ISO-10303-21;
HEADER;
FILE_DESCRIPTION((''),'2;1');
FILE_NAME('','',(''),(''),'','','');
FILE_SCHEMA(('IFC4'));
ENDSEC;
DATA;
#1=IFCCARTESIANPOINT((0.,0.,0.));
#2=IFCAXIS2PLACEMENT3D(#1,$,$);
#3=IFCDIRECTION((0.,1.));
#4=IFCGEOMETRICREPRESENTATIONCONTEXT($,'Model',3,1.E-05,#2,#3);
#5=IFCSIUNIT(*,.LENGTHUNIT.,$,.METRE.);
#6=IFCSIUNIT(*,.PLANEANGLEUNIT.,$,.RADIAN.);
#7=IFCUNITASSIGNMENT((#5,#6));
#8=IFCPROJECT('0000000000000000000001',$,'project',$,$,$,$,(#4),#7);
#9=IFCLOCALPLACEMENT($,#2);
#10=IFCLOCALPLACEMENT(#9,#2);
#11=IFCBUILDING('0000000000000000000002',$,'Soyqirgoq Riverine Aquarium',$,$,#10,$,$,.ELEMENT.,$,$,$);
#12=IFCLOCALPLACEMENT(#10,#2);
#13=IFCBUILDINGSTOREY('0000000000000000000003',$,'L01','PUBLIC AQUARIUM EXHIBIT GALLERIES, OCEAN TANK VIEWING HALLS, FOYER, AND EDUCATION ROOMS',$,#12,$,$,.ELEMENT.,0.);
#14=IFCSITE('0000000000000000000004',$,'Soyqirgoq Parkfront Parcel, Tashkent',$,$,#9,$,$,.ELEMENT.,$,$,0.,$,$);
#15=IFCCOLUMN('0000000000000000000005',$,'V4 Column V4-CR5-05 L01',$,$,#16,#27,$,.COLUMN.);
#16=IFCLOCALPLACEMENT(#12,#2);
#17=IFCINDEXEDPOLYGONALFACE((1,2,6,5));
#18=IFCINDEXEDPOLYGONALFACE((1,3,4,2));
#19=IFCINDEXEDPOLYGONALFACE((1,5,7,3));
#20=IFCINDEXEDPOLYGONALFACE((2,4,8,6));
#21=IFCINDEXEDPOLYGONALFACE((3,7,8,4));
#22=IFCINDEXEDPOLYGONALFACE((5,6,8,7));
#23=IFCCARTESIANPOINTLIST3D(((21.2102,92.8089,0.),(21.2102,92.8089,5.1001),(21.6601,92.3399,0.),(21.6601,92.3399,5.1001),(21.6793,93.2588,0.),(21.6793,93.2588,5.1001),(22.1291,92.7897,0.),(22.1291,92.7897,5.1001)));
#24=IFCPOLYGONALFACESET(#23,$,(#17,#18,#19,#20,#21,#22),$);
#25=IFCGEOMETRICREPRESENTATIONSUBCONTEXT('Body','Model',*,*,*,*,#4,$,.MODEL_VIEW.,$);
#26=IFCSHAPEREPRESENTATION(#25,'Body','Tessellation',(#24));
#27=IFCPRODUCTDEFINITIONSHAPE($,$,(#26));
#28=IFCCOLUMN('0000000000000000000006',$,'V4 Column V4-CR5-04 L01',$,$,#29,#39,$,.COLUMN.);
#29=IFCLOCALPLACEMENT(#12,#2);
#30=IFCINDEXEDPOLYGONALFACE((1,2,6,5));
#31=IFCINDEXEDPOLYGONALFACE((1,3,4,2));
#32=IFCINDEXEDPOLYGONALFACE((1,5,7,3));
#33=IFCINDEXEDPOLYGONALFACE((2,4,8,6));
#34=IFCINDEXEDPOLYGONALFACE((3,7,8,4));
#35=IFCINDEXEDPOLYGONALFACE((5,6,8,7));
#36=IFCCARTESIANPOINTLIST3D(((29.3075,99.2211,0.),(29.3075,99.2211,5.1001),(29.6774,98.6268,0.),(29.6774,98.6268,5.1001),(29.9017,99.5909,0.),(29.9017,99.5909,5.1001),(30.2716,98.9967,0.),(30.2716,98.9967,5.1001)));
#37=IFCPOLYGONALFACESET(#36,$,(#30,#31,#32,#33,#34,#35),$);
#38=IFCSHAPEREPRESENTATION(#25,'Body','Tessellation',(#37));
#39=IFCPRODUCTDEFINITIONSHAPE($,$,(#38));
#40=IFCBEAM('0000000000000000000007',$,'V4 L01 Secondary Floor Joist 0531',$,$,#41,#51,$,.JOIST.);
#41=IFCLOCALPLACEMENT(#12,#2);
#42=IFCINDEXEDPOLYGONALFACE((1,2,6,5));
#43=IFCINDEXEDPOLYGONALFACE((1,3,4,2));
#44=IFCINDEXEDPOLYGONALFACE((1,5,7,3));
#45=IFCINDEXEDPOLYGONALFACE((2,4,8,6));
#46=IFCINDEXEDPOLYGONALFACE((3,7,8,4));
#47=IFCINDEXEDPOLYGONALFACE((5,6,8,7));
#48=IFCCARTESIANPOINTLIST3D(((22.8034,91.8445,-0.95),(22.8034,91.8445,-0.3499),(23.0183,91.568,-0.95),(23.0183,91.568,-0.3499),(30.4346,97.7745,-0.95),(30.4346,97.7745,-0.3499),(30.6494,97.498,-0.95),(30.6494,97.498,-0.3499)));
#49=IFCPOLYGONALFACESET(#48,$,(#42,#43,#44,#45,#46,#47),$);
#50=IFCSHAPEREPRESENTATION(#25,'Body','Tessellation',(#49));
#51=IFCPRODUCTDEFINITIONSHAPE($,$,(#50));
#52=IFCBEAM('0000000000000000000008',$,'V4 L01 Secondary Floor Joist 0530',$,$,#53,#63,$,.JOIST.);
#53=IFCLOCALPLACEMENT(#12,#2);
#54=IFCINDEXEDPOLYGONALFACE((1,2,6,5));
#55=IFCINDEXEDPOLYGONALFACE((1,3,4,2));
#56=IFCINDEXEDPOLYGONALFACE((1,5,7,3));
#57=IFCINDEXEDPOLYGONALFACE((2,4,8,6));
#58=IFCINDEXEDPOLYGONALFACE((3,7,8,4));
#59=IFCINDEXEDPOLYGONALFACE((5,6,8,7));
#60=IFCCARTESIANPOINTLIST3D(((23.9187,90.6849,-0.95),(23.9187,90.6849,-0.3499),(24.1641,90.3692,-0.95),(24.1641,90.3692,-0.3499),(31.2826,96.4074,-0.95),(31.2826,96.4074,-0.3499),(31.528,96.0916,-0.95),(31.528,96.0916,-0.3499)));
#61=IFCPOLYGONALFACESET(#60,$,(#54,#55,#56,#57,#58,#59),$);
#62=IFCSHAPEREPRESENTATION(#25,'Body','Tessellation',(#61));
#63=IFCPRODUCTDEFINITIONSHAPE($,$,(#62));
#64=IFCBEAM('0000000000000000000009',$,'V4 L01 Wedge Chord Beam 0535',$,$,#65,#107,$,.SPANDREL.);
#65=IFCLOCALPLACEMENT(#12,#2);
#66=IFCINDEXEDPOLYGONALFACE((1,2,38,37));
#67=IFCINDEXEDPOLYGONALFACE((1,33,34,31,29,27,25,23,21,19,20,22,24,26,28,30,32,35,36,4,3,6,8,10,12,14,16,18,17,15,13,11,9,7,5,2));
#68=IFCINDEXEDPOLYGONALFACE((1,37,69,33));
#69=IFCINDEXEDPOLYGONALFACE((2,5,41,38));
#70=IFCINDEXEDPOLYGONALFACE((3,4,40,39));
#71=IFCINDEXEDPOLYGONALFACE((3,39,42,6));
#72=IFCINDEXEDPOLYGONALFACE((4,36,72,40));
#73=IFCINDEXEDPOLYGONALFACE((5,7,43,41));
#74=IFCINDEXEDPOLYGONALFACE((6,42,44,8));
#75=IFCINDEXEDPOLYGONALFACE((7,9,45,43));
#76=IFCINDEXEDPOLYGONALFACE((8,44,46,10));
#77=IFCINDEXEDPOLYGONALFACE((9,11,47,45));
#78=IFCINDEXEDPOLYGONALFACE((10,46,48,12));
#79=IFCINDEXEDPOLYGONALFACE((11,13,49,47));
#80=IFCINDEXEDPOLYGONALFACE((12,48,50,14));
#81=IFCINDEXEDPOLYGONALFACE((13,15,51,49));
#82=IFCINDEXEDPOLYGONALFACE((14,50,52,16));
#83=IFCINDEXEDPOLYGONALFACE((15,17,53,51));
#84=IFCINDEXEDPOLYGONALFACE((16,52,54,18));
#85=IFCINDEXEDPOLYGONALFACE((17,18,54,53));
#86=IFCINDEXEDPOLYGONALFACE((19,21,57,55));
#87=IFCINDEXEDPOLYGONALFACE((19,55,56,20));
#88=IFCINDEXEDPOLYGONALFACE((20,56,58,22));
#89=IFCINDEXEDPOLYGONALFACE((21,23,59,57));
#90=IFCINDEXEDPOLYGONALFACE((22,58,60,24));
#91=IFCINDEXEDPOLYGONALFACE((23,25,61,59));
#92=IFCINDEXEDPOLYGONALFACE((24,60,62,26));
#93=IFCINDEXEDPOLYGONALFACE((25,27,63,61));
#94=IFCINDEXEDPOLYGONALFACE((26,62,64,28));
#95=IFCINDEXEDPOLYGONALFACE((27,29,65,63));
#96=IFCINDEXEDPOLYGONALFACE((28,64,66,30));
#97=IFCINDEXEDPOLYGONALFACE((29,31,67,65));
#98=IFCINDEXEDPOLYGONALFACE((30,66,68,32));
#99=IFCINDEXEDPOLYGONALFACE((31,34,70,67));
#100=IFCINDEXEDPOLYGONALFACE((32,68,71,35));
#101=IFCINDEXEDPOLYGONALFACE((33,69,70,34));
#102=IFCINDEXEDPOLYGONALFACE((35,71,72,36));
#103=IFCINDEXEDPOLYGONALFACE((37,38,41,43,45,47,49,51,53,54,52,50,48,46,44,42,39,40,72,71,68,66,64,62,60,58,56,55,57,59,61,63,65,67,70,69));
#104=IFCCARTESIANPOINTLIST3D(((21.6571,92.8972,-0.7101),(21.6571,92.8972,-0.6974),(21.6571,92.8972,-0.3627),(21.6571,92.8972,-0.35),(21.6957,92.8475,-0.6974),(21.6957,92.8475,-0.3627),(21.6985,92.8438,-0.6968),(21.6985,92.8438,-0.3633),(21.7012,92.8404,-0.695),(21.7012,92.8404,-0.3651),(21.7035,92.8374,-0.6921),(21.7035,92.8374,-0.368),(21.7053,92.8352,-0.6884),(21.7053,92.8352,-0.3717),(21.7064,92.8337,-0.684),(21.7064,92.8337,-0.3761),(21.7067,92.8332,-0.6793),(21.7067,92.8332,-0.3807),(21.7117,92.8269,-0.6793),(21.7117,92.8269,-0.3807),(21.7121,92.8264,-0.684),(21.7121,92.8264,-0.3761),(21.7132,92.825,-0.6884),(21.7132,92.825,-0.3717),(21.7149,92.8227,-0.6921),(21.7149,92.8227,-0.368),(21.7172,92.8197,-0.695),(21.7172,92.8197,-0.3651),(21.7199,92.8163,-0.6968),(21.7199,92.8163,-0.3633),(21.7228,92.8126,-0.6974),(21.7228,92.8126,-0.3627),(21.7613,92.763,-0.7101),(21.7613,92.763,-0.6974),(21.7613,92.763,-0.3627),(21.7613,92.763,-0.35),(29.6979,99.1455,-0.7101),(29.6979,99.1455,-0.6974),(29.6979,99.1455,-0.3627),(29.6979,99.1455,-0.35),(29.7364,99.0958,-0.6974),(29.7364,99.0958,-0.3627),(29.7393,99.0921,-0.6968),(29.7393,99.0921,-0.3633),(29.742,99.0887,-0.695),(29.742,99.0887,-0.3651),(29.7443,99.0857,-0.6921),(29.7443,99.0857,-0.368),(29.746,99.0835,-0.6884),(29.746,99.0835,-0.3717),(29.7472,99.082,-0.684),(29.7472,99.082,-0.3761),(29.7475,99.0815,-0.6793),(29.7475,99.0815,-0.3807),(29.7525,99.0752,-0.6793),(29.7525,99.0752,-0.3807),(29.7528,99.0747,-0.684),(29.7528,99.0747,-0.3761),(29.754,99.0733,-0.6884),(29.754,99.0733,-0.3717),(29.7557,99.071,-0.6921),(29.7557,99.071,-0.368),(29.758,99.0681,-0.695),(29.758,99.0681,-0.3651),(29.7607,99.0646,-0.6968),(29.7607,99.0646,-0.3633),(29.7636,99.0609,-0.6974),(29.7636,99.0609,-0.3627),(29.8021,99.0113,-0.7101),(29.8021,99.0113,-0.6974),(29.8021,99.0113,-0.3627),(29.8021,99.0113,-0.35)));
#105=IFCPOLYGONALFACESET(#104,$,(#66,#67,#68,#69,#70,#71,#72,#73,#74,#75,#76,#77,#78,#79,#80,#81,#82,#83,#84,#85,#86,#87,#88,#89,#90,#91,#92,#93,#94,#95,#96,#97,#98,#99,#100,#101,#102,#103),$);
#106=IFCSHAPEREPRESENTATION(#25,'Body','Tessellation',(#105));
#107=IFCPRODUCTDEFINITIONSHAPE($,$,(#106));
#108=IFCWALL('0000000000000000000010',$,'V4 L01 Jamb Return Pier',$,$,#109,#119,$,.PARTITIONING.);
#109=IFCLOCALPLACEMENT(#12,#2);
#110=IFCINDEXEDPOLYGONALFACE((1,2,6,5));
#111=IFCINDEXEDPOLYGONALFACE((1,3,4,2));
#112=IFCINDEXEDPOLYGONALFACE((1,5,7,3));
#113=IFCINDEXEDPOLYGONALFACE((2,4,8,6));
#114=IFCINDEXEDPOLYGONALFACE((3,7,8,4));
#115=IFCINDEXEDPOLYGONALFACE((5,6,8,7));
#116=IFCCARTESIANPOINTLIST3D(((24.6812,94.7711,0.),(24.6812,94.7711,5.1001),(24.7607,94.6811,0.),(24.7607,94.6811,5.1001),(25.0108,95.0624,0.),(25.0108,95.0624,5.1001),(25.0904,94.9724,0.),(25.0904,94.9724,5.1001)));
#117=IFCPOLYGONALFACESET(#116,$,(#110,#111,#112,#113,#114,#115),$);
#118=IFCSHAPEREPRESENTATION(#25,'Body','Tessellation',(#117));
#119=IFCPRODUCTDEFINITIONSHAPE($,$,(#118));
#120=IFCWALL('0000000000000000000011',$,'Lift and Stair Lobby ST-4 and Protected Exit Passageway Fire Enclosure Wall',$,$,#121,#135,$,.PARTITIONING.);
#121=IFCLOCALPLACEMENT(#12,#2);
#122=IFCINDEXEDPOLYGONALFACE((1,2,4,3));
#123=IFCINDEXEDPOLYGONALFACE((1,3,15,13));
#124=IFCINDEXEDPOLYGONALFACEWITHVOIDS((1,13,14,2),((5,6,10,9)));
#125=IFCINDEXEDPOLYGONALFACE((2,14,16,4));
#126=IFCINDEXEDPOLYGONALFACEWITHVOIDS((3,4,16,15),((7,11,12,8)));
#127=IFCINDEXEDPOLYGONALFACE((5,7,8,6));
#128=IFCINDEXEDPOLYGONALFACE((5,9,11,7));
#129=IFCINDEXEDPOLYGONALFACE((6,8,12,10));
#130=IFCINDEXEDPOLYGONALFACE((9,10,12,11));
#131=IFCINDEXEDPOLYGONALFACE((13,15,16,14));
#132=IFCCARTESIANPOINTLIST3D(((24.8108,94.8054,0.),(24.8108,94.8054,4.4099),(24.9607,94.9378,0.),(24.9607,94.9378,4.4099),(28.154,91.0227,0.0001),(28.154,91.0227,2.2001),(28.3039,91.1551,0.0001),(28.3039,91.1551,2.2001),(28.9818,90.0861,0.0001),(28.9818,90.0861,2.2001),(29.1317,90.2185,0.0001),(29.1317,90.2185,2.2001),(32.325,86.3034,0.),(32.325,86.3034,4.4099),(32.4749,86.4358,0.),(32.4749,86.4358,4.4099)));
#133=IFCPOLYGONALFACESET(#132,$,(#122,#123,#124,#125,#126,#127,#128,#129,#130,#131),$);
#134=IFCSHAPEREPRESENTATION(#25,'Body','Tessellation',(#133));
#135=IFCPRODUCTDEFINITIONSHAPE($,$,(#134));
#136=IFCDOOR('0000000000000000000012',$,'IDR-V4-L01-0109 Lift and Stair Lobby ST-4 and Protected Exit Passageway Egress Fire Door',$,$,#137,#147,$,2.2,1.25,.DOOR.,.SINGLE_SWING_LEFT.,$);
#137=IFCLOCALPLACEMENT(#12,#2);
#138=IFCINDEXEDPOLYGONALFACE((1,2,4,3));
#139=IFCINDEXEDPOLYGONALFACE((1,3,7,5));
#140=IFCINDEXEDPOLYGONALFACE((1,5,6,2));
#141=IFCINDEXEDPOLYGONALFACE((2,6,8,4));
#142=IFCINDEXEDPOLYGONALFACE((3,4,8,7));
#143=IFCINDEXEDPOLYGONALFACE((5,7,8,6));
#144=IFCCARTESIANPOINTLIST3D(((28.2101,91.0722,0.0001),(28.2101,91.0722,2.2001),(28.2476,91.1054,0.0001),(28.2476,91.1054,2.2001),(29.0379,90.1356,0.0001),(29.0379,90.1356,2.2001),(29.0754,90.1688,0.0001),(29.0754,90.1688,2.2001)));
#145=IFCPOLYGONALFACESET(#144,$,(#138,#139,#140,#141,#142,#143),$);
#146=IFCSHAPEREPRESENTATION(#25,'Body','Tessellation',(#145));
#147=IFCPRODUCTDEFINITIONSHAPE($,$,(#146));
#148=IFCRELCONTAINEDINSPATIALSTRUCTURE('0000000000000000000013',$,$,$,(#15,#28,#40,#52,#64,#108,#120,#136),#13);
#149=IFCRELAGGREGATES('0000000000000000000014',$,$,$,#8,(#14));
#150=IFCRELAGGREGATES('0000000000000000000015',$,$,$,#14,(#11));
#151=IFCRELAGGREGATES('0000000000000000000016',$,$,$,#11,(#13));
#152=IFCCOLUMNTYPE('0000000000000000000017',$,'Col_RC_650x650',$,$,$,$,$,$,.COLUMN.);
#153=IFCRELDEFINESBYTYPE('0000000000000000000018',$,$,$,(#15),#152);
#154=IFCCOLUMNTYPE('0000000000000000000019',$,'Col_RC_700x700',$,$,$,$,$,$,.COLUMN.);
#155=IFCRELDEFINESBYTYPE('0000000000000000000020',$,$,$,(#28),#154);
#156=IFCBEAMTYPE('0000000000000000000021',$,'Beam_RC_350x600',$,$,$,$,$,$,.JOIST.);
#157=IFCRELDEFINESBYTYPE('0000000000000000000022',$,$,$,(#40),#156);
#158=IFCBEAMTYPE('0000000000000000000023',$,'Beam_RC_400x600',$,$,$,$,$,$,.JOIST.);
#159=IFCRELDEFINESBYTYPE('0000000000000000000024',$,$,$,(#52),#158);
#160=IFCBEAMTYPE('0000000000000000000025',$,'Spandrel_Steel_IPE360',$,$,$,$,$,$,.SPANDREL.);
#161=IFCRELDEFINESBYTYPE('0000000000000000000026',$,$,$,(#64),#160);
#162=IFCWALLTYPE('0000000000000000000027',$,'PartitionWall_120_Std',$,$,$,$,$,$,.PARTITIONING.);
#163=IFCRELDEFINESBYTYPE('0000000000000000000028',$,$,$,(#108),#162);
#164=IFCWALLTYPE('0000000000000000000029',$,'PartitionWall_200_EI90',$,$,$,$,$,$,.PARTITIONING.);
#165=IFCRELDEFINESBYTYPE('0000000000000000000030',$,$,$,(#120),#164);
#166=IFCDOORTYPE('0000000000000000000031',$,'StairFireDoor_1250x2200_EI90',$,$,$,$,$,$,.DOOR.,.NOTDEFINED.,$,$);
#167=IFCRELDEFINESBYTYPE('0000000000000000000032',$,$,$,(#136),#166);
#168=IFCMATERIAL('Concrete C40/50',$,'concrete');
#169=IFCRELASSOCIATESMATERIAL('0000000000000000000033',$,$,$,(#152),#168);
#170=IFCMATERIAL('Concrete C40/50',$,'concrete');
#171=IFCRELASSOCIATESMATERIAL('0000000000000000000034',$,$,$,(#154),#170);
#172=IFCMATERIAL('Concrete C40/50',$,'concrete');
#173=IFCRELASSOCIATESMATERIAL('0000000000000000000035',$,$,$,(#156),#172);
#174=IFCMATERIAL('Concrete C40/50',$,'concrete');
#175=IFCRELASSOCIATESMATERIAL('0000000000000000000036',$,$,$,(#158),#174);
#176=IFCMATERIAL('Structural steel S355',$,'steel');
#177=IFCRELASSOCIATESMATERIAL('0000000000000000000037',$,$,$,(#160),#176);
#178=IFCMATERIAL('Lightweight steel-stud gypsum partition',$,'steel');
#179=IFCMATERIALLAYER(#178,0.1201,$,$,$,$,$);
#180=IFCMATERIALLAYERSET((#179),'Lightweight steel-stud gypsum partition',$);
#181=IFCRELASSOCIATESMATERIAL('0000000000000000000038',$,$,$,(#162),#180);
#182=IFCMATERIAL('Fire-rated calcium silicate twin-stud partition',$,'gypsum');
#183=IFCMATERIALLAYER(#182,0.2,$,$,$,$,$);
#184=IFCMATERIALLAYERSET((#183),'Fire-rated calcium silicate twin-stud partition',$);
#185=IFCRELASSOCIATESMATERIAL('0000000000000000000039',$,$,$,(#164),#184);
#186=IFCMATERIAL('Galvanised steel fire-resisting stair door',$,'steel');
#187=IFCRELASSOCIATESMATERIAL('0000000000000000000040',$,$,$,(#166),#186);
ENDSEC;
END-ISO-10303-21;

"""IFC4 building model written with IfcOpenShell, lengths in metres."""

from ifc_helpers import new_model, si_unit, direction, frame, frame_2d, origin, origin_2d, place, context, subcontext, project, spatial, rectangle, i_section, extrude, material, layer, layer_set, material_profile, profile_set, type_object, element, fill, save


model = new_model("IFC4")

# Units and contexts
model_context = context("Model", 3, precision=1e-05, world=origin(), true_north=direction((0.0, 1.0)))
body_context = subcontext(model_context, "Body", "Model", "MODEL_VIEW")
ifc_project = project(units=[si_unit("LENGTHUNIT", "METRE"), si_unit("PLANEANGLEUNIT", "RADIAN")], contexts=[model_context])

# Site, building, storey
site_placement = place(None, origin())
site = spatial("IfcSite", under=ifc_project, at=site_placement, Name="Soyqirgoq Parkfront Parcel, Tashkent", CompositionType="ELEMENT", RefElevation=0.0)
building_placement = place(site_placement, origin())
building = spatial("IfcBuilding", under=site, at=building_placement, Name="Soyqirgoq Riverine Aquarium", CompositionType="ELEMENT")
storey_placement = place(building_placement, origin())
storey = spatial("IfcBuildingStorey", under=building, at=storey_placement, Name="L01", Description="PUBLIC AQUARIUM EXHIBIT GALLERIES, OCEAN TANK VIEWING HALLS, FOYER, AND EDUCATION ROOMS", CompositionType="ELEMENT", Elevation=0.0)

# Columns
ifc_material_1 = material(Name="Concrete C40/50", Category="concrete")
ifc_material_profile_1 = material_profile(ifc_material_1, rectangle(XDim=0.6499, YDim=0.6499, at=origin_2d()), Name="RC 650x650")
ifc_profile_set_1 = profile_set([ifc_material_profile_1], Name="Concrete C40/50")
column_type_1 = type_object("IfcColumnType", Name="Col_RC_650x650", PredefinedType="COLUMN", material=ifc_profile_set_1)
column_1_placement = place(storey_placement, frame((21.6697, 92.7993, 0.0), z_axis=(0.0, 0.0, 1.0), x_axis=(-0.692143, 0.72176, 0.0)))
element("IfcColumn", 1, at=column_1_placement, inside=storey, type_object=column_type_1, Name="V4 Column V4-CR5-05 L01", PredefinedType="COLUMN", context=body_context, shape_type="SweptSolid", body=[
    extrude(rectangle(XDim=0.6499, YDim=0.6499, at=origin_2d()), origin(), (0.0, 0.0, 1.0), 5.1001),
])
ifc_material_2 = material(Name="Concrete C40/50", Category="concrete")
ifc_material_profile_2 = material_profile(ifc_material_2, rectangle(XDim=0.7, YDim=0.7, at=origin_2d()), Name="RC 700x700")
ifc_profile_set_2 = profile_set([ifc_material_profile_2], Name="Concrete C40/50")
column_type_2 = type_object("IfcColumnType", Name="Col_RC_700x700", PredefinedType="COLUMN", material=ifc_profile_set_2)
column_2_placement = place(storey_placement, frame((29.7896, 99.1089, 0.0), z_axis=(0.0, 0.0, 1.0), x_axis=(-0.528438, 0.848972, 0.0)))
element("IfcColumn", 2, at=column_2_placement, inside=storey, type_object=column_type_2, Name="V4 Column V4-CR5-04 L01", PredefinedType="COLUMN", context=body_context, shape_type="SweptSolid", body=[
    extrude(rectangle(XDim=0.7, YDim=0.7, at=origin_2d()), origin(), (0.0, 0.0, 1.0), 5.1001),
])

# Beams
ifc_material_3 = material(Name="Concrete C40/50", Category="concrete")
ifc_material_profile_3 = material_profile(ifc_material_3, rectangle(XDim=0.3501, YDim=0.6001, at=origin_2d()), Name="RC 350x600")
ifc_profile_set_3 = profile_set([ifc_material_profile_3], Name="Concrete C40/50")
beam_type_1 = type_object("IfcBeamType", Name="Beam_RC_350x600", PredefinedType="JOIST", material=ifc_profile_set_3)
beam_1_placement = place(storey_placement, frame((30.542, 97.6362, -0.6499), z_axis=(-0.789621, -0.613594, 0.0), x_axis=(0.613594, -0.789621, 0.0)))
element("IfcBeam", 3, at=beam_1_placement, inside=storey, type_object=beam_type_1, Name="V4 L01 Secondary Floor Joist 0531", PredefinedType="JOIST", context=body_context, shape_type="SweptSolid", body=[
    extrude(rectangle(XDim=0.3501, YDim=0.6001, at=origin_2d()), origin(), (0.0, 0.0, 1.0), 9.6643),
])
ifc_material_4 = material(Name="Concrete C40/50", Category="concrete")
ifc_material_profile_4 = material_profile(ifc_material_4, rectangle(XDim=0.3999, YDim=0.6001, at=origin_2d()), Name="RC 400x600")
ifc_profile_set_4 = profile_set([ifc_material_profile_4], Name="Concrete C40/50")
beam_type_2 = type_object("IfcBeamType", Name="Beam_RC_400x600", PredefinedType="JOIST", material=ifc_profile_set_4)
beam_2_placement = place(storey_placement, frame((31.4053, 96.2495, -0.6499), z_axis=(-0.78961, -0.613609, 0.0), x_axis=(0.613609, -0.78961, 0.0)))
element("IfcBeam", 4, at=beam_2_placement, inside=storey, type_object=beam_type_2, Name="V4 L01 Secondary Floor Joist 0530", PredefinedType="JOIST", context=body_context, shape_type="SweptSolid", body=[
    extrude(rectangle(XDim=0.3999, YDim=0.6001, at=origin_2d()), origin(), (0.0, 0.0, 1.0), 9.3259),
])
ifc_material_5 = material(Name="Structural steel S355", Category="steel")
ifc_material_profile_5 = material_profile(ifc_material_5, i_section(OverallWidth=0.1699, OverallDepth=0.3601, WebThickness=0.0081, FlangeThickness=0.0127, FilletRadius=0.0181, at=origin_2d()), Name="IPE 360")
ifc_profile_set_5 = profile_set([ifc_material_profile_5], Name="Structural steel S355")
beam_type_3 = type_object("IfcBeamType", Name="Spandrel_Steel_IPE360", PredefinedType="SPANDREL", material=ifc_profile_set_5)
beam_3_placement = place(storey_placement, frame((29.75, 99.0784, -0.53), z_axis=(-0.789621, -0.613595, 0.0), x_axis=(0.613595, -0.789621, 0.0)))
element("IfcBeam", 5, at=beam_3_placement, inside=storey, type_object=beam_type_3, Name="V4 L01 Wedge Chord Beam 0535", PredefinedType="SPANDREL", context=body_context, shape_type="SweptSolid", body=[
    extrude(i_section(OverallWidth=0.1699, OverallDepth=0.3601, WebThickness=0.0081, FlangeThickness=0.0127, FilletRadius=0.0181, at=origin_2d()), origin(), (0.0, 0.0, 1.0), 10.1831),
])

# Wall
ifc_material_6 = material(Name="Lightweight steel-stud gypsum partition", Category="steel")
ifc_layer_1 = layer(ifc_material_6, 0.1201)
ifc_layer_set_1 = layer_set([ifc_layer_1], Name="Lightweight steel-stud gypsum partition")
wall_type_1 = type_object("IfcWallType", Name="PartitionWall_120_Std", PredefinedType="PARTITIONING", material=ifc_layer_set_1)
wall_1_placement = place(storey_placement, frame((24.7209, 94.7261, 0.0), z_axis=(0.0, 0.0, 1.0), x_axis=(0.749335, 0.662191, 0.0)))
element("IfcWall", 6, at=wall_1_placement, inside=storey, type_object=wall_type_1, Name="V4 L01 Jamb Return Pier", PredefinedType="PARTITIONING", context=body_context, shape_type="SweptSolid", body=[
    extrude(rectangle(XDim=0.4399, YDim=0.1201, at=frame_2d((0.22, 0.0))), origin(), (0.0, 0.0, 1.0), 5.1001),
])

# Wall, opening, door
ifc_material_7 = material(Name="Fire-rated calcium silicate twin-stud partition", Category="gypsum")
ifc_layer_2 = layer(ifc_material_7, 0.2)
ifc_layer_set_2 = layer_set([ifc_layer_2], Name="Fire-rated calcium silicate twin-stud partition")
wall_type_2 = type_object("IfcWallType", Name="PartitionWall_200_EI90", PredefinedType="PARTITIONING", material=ifc_layer_set_2)
wall_2_placement = place(storey_placement, frame((24.8857, 94.8716, 0.0), z_axis=(0.0, 0.0, 1.0), x_axis=(0.662238, -0.749294, 0.0)))
wall_2 = element("IfcWall", 7, at=wall_2_placement, inside=storey, type_object=wall_type_2, Name="Lift and Stair Lobby ST-4 and Protected Exit Passageway Fire Enclosure Wall", PredefinedType="PARTITIONING", context=body_context, shape_type="SweptSolid", body=[
    extrude(rectangle(XDim=11.3467, YDim=0.2, at=frame_2d((5.6733, 0.0))), origin(), (0.0, 0.0, 1.0), 4.4099),
])
opening_1_placement = place(wall_2_placement, frame((5.0483, 0.0, 0.0)))
opening_1 = element("IfcOpeningElement", 8, at=opening_1_placement, cuts=wall_2, PredefinedType="OPENING", context=body_context, shape_type="SweptSolid", body=[
    extrude(rectangle(XDim=1.25, YDim=2.2, at=frame_2d((0.625, 1.1001))), frame((0.0, 0.1099, 0.0), z_axis=(0.0, -1.0, 0.0), x_axis=(1.0, 0.0, 0.0)), (0.0, 0.0, 1.0), 0.22),
])
ifc_material_8 = material(Name="Galvanised steel fire-resisting stair door", Category="steel")
door_type_1 = type_object("IfcDoorType", Name="StairFireDoor_1250x2200_EI90", OperationType="NOTDEFINED", PredefinedType="DOOR", material=ifc_material_8)
door_1_placement = place(opening_1_placement, origin())
door_1 = element("IfcDoor", 9, at=door_1_placement, inside=storey, type_object=door_type_1, Name="IDR-V4-L01-0109 Lift and Stair Lobby ST-4 and Protected Exit Passageway Egress Fire Door", OperationType="SINGLE_SWING_LEFT", OverallHeight=2.2, OverallWidth=1.25, PredefinedType="DOOR", context=body_context, shape_type="SweptSolid", body=[
    extrude(rectangle(XDim=1.25, YDim=2.2, at=frame_2d((0.625, 1.1001))), frame((0.0, 0.0249, 0.0), z_axis=(0.0, -1.0, 0.0), x_axis=(1.0, 0.0, 0.0)), (0.0, 0.0, 1.0), 0.05),
])
fill(opening_1, door_1)

save(model, "model.ifc")
